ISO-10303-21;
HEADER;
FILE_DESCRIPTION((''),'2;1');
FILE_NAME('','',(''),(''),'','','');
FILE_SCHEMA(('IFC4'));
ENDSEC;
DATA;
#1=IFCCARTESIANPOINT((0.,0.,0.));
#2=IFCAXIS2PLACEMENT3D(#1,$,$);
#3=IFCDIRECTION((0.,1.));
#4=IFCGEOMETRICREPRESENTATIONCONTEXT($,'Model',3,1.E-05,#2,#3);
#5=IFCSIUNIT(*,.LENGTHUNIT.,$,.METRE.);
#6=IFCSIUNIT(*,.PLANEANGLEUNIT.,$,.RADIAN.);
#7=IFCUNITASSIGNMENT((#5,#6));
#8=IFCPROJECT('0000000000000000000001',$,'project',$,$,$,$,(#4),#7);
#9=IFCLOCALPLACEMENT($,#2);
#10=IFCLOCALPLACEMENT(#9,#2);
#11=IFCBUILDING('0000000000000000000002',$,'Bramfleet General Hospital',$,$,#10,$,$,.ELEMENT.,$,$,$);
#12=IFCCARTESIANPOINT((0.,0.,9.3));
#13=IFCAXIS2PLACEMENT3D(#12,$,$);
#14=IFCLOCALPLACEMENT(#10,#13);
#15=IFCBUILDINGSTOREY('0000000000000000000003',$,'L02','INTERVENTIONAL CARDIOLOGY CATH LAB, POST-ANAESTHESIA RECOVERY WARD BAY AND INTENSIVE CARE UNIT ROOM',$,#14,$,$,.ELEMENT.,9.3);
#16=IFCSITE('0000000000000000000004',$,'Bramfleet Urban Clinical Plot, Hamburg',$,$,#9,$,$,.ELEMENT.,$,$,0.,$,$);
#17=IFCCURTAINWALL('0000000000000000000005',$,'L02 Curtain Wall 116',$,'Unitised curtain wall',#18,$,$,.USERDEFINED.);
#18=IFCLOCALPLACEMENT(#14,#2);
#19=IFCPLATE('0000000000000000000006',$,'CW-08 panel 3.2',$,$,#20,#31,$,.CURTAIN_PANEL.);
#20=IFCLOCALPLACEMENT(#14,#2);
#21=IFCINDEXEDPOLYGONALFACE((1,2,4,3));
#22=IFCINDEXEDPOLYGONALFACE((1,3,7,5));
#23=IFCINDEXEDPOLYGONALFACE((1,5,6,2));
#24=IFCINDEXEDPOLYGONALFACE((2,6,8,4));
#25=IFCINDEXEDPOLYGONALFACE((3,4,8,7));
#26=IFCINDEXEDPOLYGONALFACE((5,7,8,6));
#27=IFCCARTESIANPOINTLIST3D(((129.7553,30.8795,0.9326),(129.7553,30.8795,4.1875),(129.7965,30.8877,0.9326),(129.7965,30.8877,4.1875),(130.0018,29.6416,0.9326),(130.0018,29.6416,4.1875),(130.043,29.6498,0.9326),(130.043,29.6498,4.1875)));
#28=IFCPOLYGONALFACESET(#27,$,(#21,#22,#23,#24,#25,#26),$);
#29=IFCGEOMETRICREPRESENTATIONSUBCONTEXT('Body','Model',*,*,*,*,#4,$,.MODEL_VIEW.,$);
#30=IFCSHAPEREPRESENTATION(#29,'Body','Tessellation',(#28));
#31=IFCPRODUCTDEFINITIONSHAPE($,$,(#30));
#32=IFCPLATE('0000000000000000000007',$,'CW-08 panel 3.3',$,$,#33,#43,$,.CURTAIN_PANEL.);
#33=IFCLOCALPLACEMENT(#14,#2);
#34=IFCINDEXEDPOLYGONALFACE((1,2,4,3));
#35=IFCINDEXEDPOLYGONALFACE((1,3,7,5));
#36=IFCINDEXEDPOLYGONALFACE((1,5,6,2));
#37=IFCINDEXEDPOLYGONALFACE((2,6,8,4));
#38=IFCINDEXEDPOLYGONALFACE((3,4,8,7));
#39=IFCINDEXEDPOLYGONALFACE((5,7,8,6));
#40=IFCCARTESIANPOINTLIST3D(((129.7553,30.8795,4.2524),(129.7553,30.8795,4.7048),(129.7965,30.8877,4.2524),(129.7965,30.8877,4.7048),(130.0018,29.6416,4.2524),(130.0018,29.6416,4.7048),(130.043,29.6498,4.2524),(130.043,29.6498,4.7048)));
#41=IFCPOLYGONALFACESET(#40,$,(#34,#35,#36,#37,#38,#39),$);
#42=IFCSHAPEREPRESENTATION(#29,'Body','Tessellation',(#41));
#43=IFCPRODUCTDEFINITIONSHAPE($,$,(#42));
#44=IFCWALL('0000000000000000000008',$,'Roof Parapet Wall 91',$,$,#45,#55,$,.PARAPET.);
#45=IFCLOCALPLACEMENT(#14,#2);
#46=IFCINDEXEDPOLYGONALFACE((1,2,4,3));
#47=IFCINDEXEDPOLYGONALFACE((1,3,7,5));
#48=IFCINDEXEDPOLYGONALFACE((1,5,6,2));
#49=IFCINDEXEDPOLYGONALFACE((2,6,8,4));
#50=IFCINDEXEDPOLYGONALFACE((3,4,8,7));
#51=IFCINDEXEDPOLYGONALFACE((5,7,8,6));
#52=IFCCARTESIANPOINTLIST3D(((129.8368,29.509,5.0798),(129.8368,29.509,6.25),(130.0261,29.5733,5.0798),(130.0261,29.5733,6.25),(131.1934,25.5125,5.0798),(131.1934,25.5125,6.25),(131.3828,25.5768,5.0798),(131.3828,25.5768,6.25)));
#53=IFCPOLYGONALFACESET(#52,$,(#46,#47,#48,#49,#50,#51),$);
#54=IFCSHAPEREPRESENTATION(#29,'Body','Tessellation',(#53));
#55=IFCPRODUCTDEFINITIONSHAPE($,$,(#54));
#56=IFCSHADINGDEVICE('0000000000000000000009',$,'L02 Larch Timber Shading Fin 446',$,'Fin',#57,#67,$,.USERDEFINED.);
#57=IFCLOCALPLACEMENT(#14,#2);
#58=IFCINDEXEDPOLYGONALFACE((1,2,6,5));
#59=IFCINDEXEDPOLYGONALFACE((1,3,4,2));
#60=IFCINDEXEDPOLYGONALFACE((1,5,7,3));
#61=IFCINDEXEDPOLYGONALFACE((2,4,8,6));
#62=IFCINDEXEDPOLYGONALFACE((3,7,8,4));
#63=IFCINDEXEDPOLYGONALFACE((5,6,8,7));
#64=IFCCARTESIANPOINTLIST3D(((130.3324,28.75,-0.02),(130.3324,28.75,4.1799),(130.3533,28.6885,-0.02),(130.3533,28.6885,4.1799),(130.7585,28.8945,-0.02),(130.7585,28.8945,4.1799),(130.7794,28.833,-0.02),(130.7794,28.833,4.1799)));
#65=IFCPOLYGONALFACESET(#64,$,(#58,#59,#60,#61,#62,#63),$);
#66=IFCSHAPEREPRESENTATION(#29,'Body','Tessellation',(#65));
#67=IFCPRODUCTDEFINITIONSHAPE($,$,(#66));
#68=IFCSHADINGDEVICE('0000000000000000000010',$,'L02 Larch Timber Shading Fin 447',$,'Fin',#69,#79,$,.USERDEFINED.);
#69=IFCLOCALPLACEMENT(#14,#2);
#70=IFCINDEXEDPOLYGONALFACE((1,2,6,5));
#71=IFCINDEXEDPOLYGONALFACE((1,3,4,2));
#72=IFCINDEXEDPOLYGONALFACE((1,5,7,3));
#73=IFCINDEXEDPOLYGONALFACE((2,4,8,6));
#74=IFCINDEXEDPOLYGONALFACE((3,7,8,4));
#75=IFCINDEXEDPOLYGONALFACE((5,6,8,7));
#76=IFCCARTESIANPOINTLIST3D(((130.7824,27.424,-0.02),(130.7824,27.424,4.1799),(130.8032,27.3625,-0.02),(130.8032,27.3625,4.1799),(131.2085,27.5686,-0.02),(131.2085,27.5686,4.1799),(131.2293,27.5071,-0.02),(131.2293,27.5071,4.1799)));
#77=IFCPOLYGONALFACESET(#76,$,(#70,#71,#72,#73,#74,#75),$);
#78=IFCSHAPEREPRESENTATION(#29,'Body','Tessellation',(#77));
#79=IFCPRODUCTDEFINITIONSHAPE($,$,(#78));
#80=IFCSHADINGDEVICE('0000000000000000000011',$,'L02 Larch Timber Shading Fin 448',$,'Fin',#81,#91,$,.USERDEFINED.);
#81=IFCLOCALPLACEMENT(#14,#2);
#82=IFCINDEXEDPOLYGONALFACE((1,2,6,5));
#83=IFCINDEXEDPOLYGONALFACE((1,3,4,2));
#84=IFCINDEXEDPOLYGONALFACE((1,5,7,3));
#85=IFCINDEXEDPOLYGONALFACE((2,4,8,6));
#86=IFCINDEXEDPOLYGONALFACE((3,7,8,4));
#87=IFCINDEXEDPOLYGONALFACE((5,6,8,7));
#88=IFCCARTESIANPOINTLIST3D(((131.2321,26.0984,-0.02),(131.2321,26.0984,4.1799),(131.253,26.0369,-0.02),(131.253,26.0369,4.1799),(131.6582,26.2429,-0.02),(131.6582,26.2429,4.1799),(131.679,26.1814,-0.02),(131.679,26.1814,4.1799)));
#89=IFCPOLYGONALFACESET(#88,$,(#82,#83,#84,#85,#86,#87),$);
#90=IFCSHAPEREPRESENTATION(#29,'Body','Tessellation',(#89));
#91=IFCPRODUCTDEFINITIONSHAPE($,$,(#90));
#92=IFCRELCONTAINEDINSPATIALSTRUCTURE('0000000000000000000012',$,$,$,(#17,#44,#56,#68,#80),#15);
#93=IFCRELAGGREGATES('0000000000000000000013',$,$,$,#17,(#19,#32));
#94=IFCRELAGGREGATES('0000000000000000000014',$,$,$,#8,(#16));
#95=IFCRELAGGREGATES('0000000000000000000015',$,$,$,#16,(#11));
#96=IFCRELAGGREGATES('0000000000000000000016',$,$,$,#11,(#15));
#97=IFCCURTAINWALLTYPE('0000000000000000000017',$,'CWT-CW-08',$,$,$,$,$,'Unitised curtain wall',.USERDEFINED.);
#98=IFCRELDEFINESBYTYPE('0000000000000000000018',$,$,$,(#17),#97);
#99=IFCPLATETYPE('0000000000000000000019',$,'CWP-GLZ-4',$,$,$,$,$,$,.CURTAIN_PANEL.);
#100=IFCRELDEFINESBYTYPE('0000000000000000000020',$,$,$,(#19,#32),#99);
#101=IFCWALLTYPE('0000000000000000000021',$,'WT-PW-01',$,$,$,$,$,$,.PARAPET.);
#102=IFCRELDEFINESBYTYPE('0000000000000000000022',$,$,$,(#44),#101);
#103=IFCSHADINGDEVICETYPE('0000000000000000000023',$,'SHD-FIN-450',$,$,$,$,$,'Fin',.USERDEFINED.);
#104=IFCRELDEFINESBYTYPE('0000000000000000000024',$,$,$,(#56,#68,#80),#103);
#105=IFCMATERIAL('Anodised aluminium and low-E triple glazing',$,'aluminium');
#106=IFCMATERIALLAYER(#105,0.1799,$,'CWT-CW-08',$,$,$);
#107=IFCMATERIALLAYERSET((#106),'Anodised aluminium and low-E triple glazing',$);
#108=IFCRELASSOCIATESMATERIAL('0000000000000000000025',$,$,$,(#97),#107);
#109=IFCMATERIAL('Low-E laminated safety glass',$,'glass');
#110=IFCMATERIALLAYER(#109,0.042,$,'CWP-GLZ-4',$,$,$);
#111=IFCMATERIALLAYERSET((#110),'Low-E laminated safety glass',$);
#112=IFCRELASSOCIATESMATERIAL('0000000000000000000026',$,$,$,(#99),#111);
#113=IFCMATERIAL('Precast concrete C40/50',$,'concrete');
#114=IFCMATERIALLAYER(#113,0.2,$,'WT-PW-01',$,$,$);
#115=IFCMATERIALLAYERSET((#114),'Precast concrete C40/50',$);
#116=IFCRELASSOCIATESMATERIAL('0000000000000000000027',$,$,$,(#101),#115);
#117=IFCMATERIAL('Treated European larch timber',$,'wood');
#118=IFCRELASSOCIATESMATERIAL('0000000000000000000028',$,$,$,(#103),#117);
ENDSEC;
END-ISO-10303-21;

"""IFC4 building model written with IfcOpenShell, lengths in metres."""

from ifc_helpers import new_model, si_unit, direction, frame, frame_2d, origin, origin_2d, place, context, subcontext, project, spatial, rectangle, extrude, material, layer, layer_set, material_profile, profile_set, type_object, element, aggregate, save


model = new_model("IFC4")

# Units and contexts
model_context = context("Model", 3, precision=1e-05, world=origin(), true_north=direction((0.0, 1.0)))
body_context = subcontext(model_context, "Body", "Model", "MODEL_VIEW")
ifc_project = project(units=[si_unit("LENGTHUNIT", "METRE"), si_unit("PLANEANGLEUNIT", "RADIAN")], contexts=[model_context])

# Site, building, storey
site_placement = place(None, origin())
site = spatial("IfcSite", under=ifc_project, at=site_placement, Name="Bramfleet Urban Clinical Plot, Hamburg", CompositionType="ELEMENT", RefElevation=0.0)
building_placement = place(site_placement, origin())
building = spatial("IfcBuilding", under=site, at=building_placement, Name="Bramfleet General Hospital", CompositionType="ELEMENT")
storey_placement = place(building_placement, frame((0.0, 0.0, 9.3)))
storey = spatial("IfcBuildingStorey", under=building, at=storey_placement, Name="L02", Description="INTERVENTIONAL CARDIOLOGY CATH LAB, POST-ANAESTHESIA RECOVERY WARD BAY AND INTENSIVE CARE UNIT ROOM", CompositionType="ELEMENT", Elevation=9.3)

# Curtain wall
ifc_material_1 = material(Name="Anodised aluminium and low-E triple glazing", Category="aluminium")
ifc_layer_1 = layer(ifc_material_1, 0.1799, Name="CWT-CW-08")
ifc_layer_set_1 = layer_set([ifc_layer_1], Name="Anodised aluminium and low-E triple glazing")
curtain_wall_type_1 = type_object("IfcCurtainWallType", Name="CWT-CW-08", ElementType="Unitised curtain wall", PredefinedType="USERDEFINED", material=ifc_layer_set_1)
curtain_wall_1_placement = place(storey_placement, origin())
curtain_wall_1 = element("IfcCurtainWall", 1, at=curtain_wall_1_placement, inside=storey, type_object=curtain_wall_type_1, Name="L02 Curtain Wall 116", ObjectType="Unitised curtain wall", PredefinedType="USERDEFINED")

# Plates
ifc_material_2 = material(Name="Low-E laminated safety glass", Category="glass")
ifc_layer_2 = layer(ifc_material_2, 0.042, Name="CWP-GLZ-4")
ifc_layer_set_2 = layer_set([ifc_layer_2], Name="Low-E laminated safety glass")
plate_type_1 = type_object("IfcPlateType", Name="CWP-GLZ-4", PredefinedType="CURTAIN_PANEL", material=ifc_layer_set_2)
plate_1_placement = place(storey_placement, frame((129.8992, 30.2646, 0.9326), z_axis=(0.0, 0.0, 1.0), x_axis=(0.195272, -0.980749, 0.0)))
plate_1 = element("IfcPlate", 2, at=plate_1_placement, type_object=plate_type_1, Name="CW-08 panel 3.2", PredefinedType="CURTAIN_PANEL", context=body_context, shape_type="SweptSolid", body=[
    extrude(rectangle(XDim=1.2622, YDim=0.042, at=origin_2d()), origin(), (0.0, 0.0, 1.0), 3.2549),
])
plate_2_placement = place(storey_placement, frame((129.8992, 30.2646, 4.2524), z_axis=(0.0, 0.0, 1.0), x_axis=(0.195272, -0.980749, 0.0)))
plate_2 = element("IfcPlate", 3, at=plate_2_placement, type_object=plate_type_1, Name="CW-08 panel 3.3", PredefinedType="CURTAIN_PANEL", context=body_context, shape_type="SweptSolid", body=[
    extrude(rectangle(XDim=1.2622, YDim=0.042, at=origin_2d()), origin(), (0.0, 0.0, 1.0), 0.4524),
])
aggregate(curtain_wall_1, [plate_1, plate_2])

# Wall
ifc_material_3 = material(Name="Precast concrete C40/50", Category="concrete")
ifc_layer_3 = layer(ifc_material_3, 0.2, Name="WT-PW-01")
ifc_layer_set_3 = layer_set([ifc_layer_3], Name="Precast concrete C40/50")
wall_type = type_object("IfcWallType", Name="WT-PW-01", PredefinedType="PARAPET", material=ifc_layer_set_3)
wall_placement = place(storey_placement, frame((129.9314, 29.5413, 5.0798), z_axis=(0.0, 0.0, 1.0), x_axis=(0.321446, -0.946928, 0.0)))
element("IfcWall", 4, at=wall_placement, inside=storey, type_object=wall_type, Name="Roof Parapet Wall 91", PredefinedType="PARAPET", context=body_context, shape_type="SweptSolid", body=[
    extrude(rectangle(XDim=4.2205, YDim=0.2, at=frame_2d((2.1104, 0.0))), origin(), (0.0, 0.0, 1.0), 1.1702),
])

# Shading devices
ifc_material_4 = material(Name="Treated European larch timber", Category="wood")
ifc_material_profile_1 = material_profile(ifc_material_4, rectangle(XDim=0.0649, YDim=0.45, at=origin_2d()), Name="LARCH FIN 450x65")
ifc_profile_set_1 = profile_set([ifc_material_profile_1], Name="Treated European larch timber")
shading_device_type = type_object("IfcShadingDeviceType", Name="SHD-FIN-450", ElementType="Fin", PredefinedType="USERDEFINED", material=ifc_profile_set_1)
for number, where, z_axis, x_axis, name in (
    (5, (130.5559, 28.7915, -0.02), (0.0, 0.0, 1.0), (0.321286, -0.946982, 0.0), "L02 Larch Timber Shading Fin 446"),
    (6, (131.0059, 27.4656, -0.02), (0.0, 0.0, 1.0), (0.321286, -0.946982, 0.0), "L02 Larch Timber Shading Fin 447"),
    (7, (131.4556, 26.1399, -0.02), (0.0, 0.0, 1.0), (0.321286, -0.946982, 0.0), "L02 Larch Timber Shading Fin 448"),
):
    element("IfcShadingDevice", number, at=place(storey_placement, frame(where, z_axis=z_axis, x_axis=x_axis)), inside=storey, type_object=shading_device_type, Name=name, ObjectType="Fin", PredefinedType="USERDEFINED", context=body_context, shape_type="SweptSolid", body=[
        extrude(rectangle(XDim=0.0649, YDim=0.45, at=origin_2d()), origin(), (0.0, 0.0, 1.0), 4.2),
    ])

save(model, "model.ifc")
